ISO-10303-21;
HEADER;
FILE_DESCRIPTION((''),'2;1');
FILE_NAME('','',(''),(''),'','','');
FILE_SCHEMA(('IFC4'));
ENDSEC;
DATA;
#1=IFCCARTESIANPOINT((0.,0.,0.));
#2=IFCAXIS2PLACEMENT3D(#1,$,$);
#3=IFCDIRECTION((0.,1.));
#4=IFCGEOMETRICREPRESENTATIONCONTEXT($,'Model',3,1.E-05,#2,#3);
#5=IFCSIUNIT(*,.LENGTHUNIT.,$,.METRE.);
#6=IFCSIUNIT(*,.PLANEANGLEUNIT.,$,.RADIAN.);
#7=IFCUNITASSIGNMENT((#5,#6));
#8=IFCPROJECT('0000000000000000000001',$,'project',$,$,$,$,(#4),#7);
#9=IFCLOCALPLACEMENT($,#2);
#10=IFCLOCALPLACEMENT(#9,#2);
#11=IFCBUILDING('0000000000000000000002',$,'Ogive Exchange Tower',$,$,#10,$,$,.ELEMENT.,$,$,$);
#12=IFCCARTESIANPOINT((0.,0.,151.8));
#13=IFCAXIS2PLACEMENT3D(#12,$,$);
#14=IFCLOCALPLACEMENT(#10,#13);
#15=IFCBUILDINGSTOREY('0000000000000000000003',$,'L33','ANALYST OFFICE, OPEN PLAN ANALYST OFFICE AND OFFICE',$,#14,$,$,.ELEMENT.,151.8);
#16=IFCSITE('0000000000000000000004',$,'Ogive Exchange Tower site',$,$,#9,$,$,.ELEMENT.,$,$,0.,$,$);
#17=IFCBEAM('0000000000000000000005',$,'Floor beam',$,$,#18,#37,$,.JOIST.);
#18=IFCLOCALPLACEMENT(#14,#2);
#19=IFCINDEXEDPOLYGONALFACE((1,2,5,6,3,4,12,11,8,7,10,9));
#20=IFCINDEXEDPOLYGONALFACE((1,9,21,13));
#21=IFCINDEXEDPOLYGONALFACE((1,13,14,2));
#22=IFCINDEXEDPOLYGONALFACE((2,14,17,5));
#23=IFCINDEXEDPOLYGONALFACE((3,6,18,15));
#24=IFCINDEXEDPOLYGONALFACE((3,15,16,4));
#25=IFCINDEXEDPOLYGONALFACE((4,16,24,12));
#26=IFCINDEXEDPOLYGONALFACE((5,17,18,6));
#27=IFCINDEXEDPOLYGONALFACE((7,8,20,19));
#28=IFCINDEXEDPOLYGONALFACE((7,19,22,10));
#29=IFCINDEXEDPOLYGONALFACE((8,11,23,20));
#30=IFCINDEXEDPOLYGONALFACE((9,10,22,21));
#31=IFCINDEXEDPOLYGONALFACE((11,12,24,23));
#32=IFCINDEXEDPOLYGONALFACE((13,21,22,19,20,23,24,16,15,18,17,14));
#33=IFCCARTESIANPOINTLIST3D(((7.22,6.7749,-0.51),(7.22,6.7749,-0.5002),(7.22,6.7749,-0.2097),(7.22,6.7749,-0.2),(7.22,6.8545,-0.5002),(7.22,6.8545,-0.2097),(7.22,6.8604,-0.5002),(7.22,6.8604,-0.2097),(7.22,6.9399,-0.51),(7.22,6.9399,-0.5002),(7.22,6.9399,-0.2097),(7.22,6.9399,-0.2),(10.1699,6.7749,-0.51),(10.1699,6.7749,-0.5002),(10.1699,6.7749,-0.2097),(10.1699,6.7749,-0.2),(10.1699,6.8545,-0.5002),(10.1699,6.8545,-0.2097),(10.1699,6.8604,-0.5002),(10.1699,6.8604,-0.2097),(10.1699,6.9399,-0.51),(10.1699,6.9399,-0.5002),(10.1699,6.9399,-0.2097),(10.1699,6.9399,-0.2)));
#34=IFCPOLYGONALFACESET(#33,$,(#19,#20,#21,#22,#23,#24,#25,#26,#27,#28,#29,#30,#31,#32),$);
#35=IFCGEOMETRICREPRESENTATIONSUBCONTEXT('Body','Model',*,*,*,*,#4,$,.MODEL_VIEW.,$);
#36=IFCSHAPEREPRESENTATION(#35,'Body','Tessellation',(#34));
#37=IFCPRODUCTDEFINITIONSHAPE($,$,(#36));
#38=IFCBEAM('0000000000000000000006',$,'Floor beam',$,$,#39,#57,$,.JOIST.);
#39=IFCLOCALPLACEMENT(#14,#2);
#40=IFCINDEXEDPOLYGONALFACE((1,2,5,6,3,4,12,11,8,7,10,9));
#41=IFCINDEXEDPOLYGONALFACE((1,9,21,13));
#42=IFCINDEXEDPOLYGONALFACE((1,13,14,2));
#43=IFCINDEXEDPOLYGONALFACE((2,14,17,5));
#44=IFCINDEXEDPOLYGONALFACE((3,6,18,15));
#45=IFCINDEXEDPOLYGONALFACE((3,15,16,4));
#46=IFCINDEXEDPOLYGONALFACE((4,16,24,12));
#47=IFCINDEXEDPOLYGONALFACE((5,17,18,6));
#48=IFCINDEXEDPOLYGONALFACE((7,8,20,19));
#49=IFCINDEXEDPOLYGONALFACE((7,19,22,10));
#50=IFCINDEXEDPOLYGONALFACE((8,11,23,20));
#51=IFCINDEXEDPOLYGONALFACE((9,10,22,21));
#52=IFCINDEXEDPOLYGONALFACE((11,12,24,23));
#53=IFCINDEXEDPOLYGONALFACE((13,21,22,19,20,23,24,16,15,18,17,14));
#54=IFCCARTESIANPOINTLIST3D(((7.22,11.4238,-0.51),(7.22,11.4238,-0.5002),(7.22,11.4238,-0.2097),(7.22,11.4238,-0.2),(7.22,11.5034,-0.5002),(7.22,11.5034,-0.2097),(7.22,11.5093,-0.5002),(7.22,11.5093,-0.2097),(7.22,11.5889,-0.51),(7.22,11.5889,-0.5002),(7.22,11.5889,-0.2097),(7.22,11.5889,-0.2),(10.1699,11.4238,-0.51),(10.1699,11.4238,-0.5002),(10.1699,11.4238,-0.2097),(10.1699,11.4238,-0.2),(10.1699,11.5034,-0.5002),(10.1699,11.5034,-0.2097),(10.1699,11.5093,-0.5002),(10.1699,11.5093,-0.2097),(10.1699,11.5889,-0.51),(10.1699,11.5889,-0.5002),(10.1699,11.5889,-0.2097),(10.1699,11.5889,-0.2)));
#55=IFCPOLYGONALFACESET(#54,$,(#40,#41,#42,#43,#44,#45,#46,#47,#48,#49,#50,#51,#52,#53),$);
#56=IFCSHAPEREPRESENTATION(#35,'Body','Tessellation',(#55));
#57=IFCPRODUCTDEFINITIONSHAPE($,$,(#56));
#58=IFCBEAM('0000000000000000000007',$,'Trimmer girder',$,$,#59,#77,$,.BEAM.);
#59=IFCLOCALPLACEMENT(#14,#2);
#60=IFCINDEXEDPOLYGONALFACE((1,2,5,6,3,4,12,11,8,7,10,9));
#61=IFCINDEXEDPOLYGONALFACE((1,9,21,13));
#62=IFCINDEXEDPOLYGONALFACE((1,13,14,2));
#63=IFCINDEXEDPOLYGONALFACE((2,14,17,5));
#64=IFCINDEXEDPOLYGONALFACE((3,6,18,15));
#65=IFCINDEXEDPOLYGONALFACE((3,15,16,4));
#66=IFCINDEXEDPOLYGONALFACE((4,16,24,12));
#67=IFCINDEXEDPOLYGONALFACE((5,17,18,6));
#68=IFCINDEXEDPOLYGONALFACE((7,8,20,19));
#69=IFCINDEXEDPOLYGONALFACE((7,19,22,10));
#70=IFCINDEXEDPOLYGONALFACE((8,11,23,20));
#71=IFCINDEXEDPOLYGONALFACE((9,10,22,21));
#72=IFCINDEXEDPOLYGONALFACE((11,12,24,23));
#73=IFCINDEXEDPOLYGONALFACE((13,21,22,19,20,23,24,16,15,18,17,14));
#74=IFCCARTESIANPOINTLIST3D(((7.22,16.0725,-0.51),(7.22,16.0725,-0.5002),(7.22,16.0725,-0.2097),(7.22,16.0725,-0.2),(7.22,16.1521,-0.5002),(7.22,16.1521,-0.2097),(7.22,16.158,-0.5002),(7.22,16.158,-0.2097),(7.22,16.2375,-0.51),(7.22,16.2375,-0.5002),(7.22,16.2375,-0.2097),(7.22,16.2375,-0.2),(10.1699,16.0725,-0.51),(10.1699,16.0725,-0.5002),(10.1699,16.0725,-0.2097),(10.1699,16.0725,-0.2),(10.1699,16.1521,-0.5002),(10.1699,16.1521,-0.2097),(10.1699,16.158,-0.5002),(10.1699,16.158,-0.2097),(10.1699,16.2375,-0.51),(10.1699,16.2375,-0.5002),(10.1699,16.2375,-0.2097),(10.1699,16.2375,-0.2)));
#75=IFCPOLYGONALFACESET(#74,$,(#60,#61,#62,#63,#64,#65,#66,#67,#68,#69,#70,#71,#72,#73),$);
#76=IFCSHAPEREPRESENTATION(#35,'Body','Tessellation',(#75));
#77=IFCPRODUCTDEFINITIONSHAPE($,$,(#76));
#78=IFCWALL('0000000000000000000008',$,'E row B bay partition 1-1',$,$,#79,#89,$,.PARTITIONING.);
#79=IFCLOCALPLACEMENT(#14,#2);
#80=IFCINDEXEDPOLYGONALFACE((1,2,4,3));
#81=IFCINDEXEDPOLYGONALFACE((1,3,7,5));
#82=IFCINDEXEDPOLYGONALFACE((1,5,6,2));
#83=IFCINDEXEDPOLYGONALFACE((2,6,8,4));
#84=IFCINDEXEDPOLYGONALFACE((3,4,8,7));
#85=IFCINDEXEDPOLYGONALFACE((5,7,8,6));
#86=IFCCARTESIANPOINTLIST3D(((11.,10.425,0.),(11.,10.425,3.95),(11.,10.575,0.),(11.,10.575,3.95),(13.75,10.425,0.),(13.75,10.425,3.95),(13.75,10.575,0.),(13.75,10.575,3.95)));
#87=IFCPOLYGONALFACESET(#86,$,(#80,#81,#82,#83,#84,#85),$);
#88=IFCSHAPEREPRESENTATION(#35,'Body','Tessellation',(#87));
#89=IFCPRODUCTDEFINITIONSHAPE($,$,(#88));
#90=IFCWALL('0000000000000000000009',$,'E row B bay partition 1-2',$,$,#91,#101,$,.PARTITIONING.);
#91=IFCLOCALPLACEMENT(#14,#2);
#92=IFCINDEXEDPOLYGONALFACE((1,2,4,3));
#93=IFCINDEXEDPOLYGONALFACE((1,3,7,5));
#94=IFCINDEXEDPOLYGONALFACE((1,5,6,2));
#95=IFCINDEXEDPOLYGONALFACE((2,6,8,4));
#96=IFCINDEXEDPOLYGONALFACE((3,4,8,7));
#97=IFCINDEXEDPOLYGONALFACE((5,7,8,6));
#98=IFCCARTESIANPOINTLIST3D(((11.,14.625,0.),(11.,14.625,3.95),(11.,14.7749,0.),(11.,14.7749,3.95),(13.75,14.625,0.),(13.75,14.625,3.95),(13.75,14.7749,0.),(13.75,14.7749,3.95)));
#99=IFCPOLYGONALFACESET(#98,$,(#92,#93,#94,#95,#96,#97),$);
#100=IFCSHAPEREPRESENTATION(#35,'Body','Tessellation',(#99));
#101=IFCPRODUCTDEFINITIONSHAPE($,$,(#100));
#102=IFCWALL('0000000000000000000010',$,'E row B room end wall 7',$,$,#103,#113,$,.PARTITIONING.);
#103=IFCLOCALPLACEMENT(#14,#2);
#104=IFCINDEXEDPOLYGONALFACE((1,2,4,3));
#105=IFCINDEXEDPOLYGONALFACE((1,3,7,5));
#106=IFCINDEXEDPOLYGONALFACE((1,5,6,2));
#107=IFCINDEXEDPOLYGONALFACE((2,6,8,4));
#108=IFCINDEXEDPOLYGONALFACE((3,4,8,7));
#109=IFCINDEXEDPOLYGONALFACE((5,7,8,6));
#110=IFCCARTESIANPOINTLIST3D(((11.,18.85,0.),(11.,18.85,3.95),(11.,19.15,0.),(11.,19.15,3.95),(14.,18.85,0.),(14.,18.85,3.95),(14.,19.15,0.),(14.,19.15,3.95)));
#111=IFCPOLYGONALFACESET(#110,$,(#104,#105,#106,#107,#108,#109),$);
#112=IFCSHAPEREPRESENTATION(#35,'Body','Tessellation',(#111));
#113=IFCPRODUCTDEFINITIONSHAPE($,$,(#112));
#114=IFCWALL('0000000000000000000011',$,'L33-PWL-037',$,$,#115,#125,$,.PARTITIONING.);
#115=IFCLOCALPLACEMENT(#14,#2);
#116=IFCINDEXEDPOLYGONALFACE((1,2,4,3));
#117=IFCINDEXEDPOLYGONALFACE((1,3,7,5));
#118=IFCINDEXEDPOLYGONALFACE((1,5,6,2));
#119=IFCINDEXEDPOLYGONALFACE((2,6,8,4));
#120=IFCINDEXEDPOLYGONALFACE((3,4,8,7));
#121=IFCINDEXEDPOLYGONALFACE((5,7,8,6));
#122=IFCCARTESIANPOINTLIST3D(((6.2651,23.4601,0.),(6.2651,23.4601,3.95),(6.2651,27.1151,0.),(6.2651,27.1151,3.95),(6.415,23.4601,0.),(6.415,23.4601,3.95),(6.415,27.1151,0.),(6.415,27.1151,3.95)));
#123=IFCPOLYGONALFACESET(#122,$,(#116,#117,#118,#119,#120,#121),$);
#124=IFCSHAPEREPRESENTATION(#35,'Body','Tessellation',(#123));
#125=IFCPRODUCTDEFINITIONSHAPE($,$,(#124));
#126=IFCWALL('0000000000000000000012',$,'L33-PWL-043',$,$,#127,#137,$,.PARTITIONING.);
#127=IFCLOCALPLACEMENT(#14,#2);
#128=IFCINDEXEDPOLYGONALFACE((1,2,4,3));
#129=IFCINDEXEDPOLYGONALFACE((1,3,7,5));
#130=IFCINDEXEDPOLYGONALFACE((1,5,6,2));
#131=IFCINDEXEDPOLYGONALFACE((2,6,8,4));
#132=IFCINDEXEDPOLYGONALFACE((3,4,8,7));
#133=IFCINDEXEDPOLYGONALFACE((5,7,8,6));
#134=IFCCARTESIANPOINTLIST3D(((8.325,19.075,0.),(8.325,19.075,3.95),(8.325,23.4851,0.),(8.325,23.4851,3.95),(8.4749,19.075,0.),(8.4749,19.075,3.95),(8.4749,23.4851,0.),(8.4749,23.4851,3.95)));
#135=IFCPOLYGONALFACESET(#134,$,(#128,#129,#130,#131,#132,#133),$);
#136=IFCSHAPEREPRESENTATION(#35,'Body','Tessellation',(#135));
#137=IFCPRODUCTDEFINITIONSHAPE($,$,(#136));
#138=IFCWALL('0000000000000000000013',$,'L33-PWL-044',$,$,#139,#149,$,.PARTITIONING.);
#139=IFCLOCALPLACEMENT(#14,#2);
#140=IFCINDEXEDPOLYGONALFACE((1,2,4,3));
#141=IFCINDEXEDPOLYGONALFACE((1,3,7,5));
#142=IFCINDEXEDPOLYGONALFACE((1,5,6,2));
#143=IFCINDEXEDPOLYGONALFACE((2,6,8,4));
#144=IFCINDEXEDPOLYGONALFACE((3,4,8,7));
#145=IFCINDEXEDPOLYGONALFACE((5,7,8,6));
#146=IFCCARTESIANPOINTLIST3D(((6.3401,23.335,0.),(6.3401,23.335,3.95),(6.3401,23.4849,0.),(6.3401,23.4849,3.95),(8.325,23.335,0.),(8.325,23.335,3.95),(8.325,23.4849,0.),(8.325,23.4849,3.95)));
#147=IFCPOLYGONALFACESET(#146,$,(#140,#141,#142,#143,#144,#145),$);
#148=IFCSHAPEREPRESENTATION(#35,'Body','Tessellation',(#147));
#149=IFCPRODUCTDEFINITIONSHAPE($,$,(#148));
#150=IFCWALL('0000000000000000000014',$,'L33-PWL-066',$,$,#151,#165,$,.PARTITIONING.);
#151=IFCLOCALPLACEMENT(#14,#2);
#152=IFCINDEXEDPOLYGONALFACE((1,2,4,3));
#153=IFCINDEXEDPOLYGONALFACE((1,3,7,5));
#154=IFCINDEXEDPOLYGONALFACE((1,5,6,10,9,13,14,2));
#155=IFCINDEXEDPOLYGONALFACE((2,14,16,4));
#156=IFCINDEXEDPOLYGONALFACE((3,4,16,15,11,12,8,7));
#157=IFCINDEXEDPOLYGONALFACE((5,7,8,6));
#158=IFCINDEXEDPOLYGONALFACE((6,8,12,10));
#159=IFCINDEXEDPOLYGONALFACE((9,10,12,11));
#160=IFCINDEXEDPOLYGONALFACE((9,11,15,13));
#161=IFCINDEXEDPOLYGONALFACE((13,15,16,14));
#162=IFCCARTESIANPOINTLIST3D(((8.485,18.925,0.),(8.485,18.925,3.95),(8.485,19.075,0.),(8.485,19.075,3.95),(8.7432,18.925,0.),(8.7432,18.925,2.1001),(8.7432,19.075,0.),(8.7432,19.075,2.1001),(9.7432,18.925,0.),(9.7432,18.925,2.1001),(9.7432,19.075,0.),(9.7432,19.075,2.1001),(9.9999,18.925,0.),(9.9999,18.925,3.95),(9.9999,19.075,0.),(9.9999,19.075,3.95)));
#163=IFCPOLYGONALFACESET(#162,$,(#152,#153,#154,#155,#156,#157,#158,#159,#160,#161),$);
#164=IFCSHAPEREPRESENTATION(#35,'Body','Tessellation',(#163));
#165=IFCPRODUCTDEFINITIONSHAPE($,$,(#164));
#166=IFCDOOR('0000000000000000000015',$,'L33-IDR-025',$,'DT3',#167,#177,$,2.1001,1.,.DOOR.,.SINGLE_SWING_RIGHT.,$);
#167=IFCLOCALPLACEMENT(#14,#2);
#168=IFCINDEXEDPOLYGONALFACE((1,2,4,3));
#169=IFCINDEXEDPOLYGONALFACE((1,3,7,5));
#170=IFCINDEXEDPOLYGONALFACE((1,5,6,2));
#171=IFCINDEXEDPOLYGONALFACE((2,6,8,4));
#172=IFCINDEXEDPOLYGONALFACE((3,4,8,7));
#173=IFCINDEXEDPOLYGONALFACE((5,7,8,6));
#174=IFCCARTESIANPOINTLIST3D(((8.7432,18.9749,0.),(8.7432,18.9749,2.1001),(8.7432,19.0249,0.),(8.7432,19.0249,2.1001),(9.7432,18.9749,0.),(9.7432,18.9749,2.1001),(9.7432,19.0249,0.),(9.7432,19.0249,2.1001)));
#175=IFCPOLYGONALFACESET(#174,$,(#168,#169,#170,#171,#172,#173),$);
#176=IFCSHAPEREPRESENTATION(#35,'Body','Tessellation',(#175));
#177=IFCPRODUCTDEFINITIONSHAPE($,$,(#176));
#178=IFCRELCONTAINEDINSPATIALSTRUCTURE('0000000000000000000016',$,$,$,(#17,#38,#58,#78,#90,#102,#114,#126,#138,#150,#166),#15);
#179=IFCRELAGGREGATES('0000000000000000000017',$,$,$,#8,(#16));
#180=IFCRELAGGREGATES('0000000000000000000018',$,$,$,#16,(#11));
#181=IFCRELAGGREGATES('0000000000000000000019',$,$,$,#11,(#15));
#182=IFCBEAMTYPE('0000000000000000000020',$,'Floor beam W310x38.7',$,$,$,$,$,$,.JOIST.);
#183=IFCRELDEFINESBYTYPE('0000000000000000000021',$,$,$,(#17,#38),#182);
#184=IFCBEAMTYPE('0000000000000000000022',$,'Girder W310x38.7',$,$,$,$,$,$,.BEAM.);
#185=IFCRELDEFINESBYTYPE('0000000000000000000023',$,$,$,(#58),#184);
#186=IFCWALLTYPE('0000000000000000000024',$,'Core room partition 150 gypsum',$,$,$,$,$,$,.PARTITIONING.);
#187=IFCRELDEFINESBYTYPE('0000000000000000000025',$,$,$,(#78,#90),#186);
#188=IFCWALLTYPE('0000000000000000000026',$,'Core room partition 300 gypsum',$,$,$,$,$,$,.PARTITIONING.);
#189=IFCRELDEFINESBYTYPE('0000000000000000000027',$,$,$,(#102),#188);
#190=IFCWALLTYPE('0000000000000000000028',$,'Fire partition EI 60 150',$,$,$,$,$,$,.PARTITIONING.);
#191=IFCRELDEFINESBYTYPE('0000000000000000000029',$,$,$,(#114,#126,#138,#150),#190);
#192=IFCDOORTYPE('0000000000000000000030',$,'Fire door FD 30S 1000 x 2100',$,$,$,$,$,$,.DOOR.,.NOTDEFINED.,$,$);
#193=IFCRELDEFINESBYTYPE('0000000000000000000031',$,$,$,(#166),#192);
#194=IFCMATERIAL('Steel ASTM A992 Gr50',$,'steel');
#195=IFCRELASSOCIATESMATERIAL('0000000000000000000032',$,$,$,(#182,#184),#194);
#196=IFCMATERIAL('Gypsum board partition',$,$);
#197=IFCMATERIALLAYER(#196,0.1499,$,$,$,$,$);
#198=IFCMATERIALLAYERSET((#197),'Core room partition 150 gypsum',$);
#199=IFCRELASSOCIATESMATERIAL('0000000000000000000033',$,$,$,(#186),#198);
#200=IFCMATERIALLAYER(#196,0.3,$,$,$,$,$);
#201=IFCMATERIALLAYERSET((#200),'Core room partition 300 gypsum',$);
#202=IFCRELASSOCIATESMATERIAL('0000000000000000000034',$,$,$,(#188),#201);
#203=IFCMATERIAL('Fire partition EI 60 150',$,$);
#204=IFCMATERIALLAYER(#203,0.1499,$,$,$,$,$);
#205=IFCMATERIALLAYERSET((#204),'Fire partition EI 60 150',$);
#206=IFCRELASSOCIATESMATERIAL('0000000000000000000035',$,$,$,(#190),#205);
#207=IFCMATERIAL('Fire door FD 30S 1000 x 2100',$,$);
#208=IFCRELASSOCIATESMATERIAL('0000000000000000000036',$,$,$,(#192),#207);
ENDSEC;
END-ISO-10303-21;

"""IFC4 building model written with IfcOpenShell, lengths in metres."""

from ifc_helpers import new_model, si_unit, direction, frame, frame_2d, origin, origin_2d, place, context, subcontext, project, spatial, rectangle, i_section, extrude, material, layer, layer_set, material_profile, profile_set, type_object, element, fill, save


model = new_model("IFC4")

# Units and contexts
model_context = context("Model", 3, precision=1e-05, world=origin(), true_north=direction((0.0, 1.0)))
body_context = subcontext(model_context, "Body", "Model", "MODEL_VIEW")
ifc_project = project(units=[si_unit("LENGTHUNIT", "METRE"), si_unit("PLANEANGLEUNIT", "RADIAN")], contexts=[model_context])

# Site, building, storey
site_placement = place(None, origin())
site = spatial("IfcSite", under=ifc_project, at=site_placement, Name="Ogive Exchange Tower site", CompositionType="ELEMENT", RefElevation=0.0)
building_placement = place(site_placement, origin())
building = spatial("IfcBuilding", under=site, at=building_placement, Name="Ogive Exchange Tower", CompositionType="ELEMENT")
storey_placement = place(building_placement, frame((0.0, 0.0, 151.8)))
storey = spatial("IfcBuildingStorey", under=building, at=storey_placement, Name="L33", Description="ANALYST OFFICE, OPEN PLAN ANALYST OFFICE AND OFFICE", CompositionType="ELEMENT", Elevation=151.8)

# Beams
ifc_material_1 = material(Name="Steel ASTM A992 Gr50", Category="steel")
ifc_material_profile_1 = material_profile(ifc_material_1, i_section(OverallWidth=0.165, OverallDepth=0.3101, WebThickness=0.0059, FlangeThickness=0.0098, at=origin_2d()), Name="W310x38.7")
ifc_profile_set_1 = profile_set([ifc_material_profile_1], Name="Steel ASTM A992 Gr50")
beam_type_1 = type_object("IfcBeamType", Name="Floor beam W310x38.7", PredefinedType="JOIST", material=ifc_profile_set_1)
for number, where, z_axis, x_axis, name in (
    (1, (7.22, 6.8574, -0.355), (1.0, 0.0, 0.0), (0.0, 1.0, 0.0), "Floor beam"),
    (2, (7.22, 11.5063, -0.355), (1.0, 0.0, 0.0), (0.0, 1.0, 0.0), "Floor beam"),
):
    element("IfcBeam", number, at=place(storey_placement, frame(where, z_axis=z_axis, x_axis=x_axis)), inside=storey, type_object=beam_type_1, Name=name, PredefinedType="JOIST", context=body_context, shape_type="SweptSolid", body=[
        extrude(i_section(OverallWidth=0.165, OverallDepth=0.3101, WebThickness=0.0059, FlangeThickness=0.0098, at=origin_2d()), origin(), (0.0, 0.0, 1.0), 2.95),
    ])
ifc_material_profile_2 = material_profile(ifc_material_1, i_section(OverallWidth=0.165, OverallDepth=0.3101, WebThickness=0.0059, FlangeThickness=0.0098, at=origin_2d()), Name="W310x38.7")
ifc_profile_set_2 = profile_set([ifc_material_profile_2], Name="Steel ASTM A992 Gr50")
beam_type_2 = type_object("IfcBeamType", Name="Girder W310x38.7", PredefinedType="BEAM", material=ifc_profile_set_2)
beam_placement = place(storey_placement, frame((7.22, 16.155, -0.355), z_axis=(1.0, 0.0, 0.0), x_axis=(0.0, 1.0, 0.0)))
element("IfcBeam", 3, at=beam_placement, inside=storey, type_object=beam_type_2, Name="Trimmer girder", PredefinedType="BEAM", context=body_context, shape_type="SweptSolid", body=[
    extrude(i_section(OverallWidth=0.165, OverallDepth=0.3101, WebThickness=0.0059, FlangeThickness=0.0098, at=origin_2d()), origin(), (0.0, 0.0, 1.0), 2.95),
])

# Walls
ifc_material_2 = material(Name="Gypsum board partition")
ifc_layer_1 = layer(ifc_material_2, 0.1499)
ifc_layer_set_1 = layer_set([ifc_layer_1], Name="Core room partition 150 gypsum")
wall_type_1 = type_object("IfcWallType", Name="Core room partition 150 gypsum", PredefinedType="PARTITIONING", material=ifc_layer_set_1)
for number, where, z_axis, x_axis, name in (
    (4, (11.0, 10.5, 0.0), (0.0, 0.0, 1.0), (1.0, 0.0, 0.0), "E row B bay partition 1-1"),
    (5, (11.0, 14.7, 0.0), (0.0, 0.0, 1.0), (1.0, 0.0, 0.0), "E row B bay partition 1-2"),
):
    element("IfcWall", number, at=place(storey_placement, frame(where, z_axis=z_axis, x_axis=x_axis)), inside=storey, type_object=wall_type_1, Name=name, PredefinedType="PARTITIONING", context=body_context, shape_type="SweptSolid", body=[
        extrude(rectangle(XDim=2.75, YDim=0.1499, at=frame_2d((1.375, 0.0))), origin(), (0.0, 0.0, 1.0), 3.95),
    ])
ifc_layer_2 = layer(ifc_material_2, 0.3)
ifc_layer_set_2 = layer_set([ifc_layer_2], Name="Core room partition 300 gypsum")
wall_type_2 = type_object("IfcWallType", Name="Core room partition 300 gypsum", PredefinedType="PARTITIONING", material=ifc_layer_set_2)
wall_1_placement = place(storey_placement, frame((11.0, 19.0, 0.0), z_axis=(0.0, 0.0, 1.0), x_axis=(1.0, 0.0, 0.0)))
element("IfcWall", 6, at=wall_1_placement, inside=storey, type_object=wall_type_2, Name="E row B room end wall 7", PredefinedType="PARTITIONING", context=body_context, shape_type="SweptSolid", body=[
    extrude(rectangle(XDim=3.0, YDim=0.3, at=frame_2d((1.5, 0.0))), origin(), (0.0, 0.0, 1.0), 3.95),
])
ifc_material_3 = material(Name="Fire partition EI 60 150")
ifc_layer_3 = layer(ifc_material_3, 0.1499)
ifc_layer_set_3 = layer_set([ifc_layer_3], Name="Fire partition EI 60 150")
wall_type_3 = type_object("IfcWallType", Name="Fire partition EI 60 150", PredefinedType="PARTITIONING", material=ifc_layer_set_3)
wall_2_placement = place(storey_placement, frame((6.3401, 23.46, 0.0), z_axis=(0.0, 0.0, 1.0), x_axis=(0.0, 1.0, 0.0)))
element("IfcWall", 7, at=wall_2_placement, inside=storey, type_object=wall_type_3, Name="L33-PWL-037", PredefinedType="PARTITIONING", context=body_context, shape_type="SweptSolid", body=[
    extrude(rectangle(XDim=3.655, YDim=0.1499, at=frame_2d((1.8276, 0.0))), origin(), (0.0, 0.0, 1.0), 3.95),
])
wall_3_placement = place(storey_placement, frame((8.3999, 19.075, 0.0), z_axis=(0.0, 0.0, 1.0), x_axis=(0.0, 1.0, 0.0)))
element("IfcWall", 8, at=wall_3_placement, inside=storey, type_object=wall_type_3, Name="L33-PWL-043", PredefinedType="PARTITIONING", context=body_context, shape_type="SweptSolid", body=[
    extrude(rectangle(XDim=4.4102, YDim=0.1499, at=frame_2d((2.2051, 0.0))), origin(), (0.0, 0.0, 1.0), 3.95),
])
wall_4_placement = place(storey_placement, frame((8.325, 23.4099, 0.0), z_axis=(0.0, 0.0, 1.0), x_axis=(-1.0, 0.0, 0.0)))
element("IfcWall", 9, at=wall_4_placement, inside=storey, type_object=wall_type_3, Name="L33-PWL-044", PredefinedType="PARTITIONING", context=body_context, shape_type="SweptSolid", body=[
    extrude(rectangle(XDim=1.9849, YDim=0.1499, at=frame_2d((0.9924, 0.0))), origin(), (0.0, 0.0, 1.0), 3.95),
])

# Wall, opening, door
wall_5_placement = place(storey_placement, frame((8.4851, 19.0, 0.0), z_axis=(0.0, 0.0, 1.0), x_axis=(1.0, 0.0, 0.0)))
wall_5 = element("IfcWall", 10, at=wall_5_placement, inside=storey, type_object=wall_type_3, Name="L33-PWL-066", PredefinedType="PARTITIONING", context=body_context, shape_type="SweptSolid", body=[
    extrude(rectangle(XDim=1.5149, YDim=0.1499, at=frame_2d((0.7573, 0.0))), origin(), (0.0, 0.0, 1.0), 3.95),
])
opening_1_placement = place(wall_5_placement, frame((0.2581, 0.0, 0.0)))
opening_1 = element("IfcOpeningElement", 11, at=opening_1_placement, cuts=wall_5, PredefinedType="OPENING", context=body_context, shape_type="SweptSolid", body=[
    extrude(rectangle(XDim=1.0, YDim=2.1001, at=frame_2d((0.5, 1.05))), frame((0.0, 0.085, 0.0), z_axis=(0.0, -1.0, 0.0), x_axis=(1.0, 0.0, 0.0)), (0.0, 0.0, 1.0), 0.1699),
])
ifc_material_4 = material(Name="Fire door FD 30S 1000 x 2100")
door_type_1 = type_object("IfcDoorType", Name="Fire door FD 30S 1000 x 2100", OperationType="NOTDEFINED", PredefinedType="DOOR", material=ifc_material_4)
door_1_placement = place(opening_1_placement, origin())
door_1 = element("IfcDoor", 12, at=door_1_placement, inside=storey, type_object=door_type_1, Name="L33-IDR-025", ObjectType="DT3", OperationType="SINGLE_SWING_RIGHT", OverallHeight=2.1001, OverallWidth=1.0, PredefinedType="DOOR", context=body_context, shape_type="SweptSolid", body=[
    extrude(rectangle(XDim=1.0, YDim=2.1001, at=frame_2d((0.5, 1.05))), frame((0.0, 0.0249, 0.0), z_axis=(0.0, -1.0, 0.0), x_axis=(1.0, 0.0, 0.0)), (0.0, 0.0, 1.0), 0.05),
])
fill(opening_1, door_1)

save(model, "model.ifc")
